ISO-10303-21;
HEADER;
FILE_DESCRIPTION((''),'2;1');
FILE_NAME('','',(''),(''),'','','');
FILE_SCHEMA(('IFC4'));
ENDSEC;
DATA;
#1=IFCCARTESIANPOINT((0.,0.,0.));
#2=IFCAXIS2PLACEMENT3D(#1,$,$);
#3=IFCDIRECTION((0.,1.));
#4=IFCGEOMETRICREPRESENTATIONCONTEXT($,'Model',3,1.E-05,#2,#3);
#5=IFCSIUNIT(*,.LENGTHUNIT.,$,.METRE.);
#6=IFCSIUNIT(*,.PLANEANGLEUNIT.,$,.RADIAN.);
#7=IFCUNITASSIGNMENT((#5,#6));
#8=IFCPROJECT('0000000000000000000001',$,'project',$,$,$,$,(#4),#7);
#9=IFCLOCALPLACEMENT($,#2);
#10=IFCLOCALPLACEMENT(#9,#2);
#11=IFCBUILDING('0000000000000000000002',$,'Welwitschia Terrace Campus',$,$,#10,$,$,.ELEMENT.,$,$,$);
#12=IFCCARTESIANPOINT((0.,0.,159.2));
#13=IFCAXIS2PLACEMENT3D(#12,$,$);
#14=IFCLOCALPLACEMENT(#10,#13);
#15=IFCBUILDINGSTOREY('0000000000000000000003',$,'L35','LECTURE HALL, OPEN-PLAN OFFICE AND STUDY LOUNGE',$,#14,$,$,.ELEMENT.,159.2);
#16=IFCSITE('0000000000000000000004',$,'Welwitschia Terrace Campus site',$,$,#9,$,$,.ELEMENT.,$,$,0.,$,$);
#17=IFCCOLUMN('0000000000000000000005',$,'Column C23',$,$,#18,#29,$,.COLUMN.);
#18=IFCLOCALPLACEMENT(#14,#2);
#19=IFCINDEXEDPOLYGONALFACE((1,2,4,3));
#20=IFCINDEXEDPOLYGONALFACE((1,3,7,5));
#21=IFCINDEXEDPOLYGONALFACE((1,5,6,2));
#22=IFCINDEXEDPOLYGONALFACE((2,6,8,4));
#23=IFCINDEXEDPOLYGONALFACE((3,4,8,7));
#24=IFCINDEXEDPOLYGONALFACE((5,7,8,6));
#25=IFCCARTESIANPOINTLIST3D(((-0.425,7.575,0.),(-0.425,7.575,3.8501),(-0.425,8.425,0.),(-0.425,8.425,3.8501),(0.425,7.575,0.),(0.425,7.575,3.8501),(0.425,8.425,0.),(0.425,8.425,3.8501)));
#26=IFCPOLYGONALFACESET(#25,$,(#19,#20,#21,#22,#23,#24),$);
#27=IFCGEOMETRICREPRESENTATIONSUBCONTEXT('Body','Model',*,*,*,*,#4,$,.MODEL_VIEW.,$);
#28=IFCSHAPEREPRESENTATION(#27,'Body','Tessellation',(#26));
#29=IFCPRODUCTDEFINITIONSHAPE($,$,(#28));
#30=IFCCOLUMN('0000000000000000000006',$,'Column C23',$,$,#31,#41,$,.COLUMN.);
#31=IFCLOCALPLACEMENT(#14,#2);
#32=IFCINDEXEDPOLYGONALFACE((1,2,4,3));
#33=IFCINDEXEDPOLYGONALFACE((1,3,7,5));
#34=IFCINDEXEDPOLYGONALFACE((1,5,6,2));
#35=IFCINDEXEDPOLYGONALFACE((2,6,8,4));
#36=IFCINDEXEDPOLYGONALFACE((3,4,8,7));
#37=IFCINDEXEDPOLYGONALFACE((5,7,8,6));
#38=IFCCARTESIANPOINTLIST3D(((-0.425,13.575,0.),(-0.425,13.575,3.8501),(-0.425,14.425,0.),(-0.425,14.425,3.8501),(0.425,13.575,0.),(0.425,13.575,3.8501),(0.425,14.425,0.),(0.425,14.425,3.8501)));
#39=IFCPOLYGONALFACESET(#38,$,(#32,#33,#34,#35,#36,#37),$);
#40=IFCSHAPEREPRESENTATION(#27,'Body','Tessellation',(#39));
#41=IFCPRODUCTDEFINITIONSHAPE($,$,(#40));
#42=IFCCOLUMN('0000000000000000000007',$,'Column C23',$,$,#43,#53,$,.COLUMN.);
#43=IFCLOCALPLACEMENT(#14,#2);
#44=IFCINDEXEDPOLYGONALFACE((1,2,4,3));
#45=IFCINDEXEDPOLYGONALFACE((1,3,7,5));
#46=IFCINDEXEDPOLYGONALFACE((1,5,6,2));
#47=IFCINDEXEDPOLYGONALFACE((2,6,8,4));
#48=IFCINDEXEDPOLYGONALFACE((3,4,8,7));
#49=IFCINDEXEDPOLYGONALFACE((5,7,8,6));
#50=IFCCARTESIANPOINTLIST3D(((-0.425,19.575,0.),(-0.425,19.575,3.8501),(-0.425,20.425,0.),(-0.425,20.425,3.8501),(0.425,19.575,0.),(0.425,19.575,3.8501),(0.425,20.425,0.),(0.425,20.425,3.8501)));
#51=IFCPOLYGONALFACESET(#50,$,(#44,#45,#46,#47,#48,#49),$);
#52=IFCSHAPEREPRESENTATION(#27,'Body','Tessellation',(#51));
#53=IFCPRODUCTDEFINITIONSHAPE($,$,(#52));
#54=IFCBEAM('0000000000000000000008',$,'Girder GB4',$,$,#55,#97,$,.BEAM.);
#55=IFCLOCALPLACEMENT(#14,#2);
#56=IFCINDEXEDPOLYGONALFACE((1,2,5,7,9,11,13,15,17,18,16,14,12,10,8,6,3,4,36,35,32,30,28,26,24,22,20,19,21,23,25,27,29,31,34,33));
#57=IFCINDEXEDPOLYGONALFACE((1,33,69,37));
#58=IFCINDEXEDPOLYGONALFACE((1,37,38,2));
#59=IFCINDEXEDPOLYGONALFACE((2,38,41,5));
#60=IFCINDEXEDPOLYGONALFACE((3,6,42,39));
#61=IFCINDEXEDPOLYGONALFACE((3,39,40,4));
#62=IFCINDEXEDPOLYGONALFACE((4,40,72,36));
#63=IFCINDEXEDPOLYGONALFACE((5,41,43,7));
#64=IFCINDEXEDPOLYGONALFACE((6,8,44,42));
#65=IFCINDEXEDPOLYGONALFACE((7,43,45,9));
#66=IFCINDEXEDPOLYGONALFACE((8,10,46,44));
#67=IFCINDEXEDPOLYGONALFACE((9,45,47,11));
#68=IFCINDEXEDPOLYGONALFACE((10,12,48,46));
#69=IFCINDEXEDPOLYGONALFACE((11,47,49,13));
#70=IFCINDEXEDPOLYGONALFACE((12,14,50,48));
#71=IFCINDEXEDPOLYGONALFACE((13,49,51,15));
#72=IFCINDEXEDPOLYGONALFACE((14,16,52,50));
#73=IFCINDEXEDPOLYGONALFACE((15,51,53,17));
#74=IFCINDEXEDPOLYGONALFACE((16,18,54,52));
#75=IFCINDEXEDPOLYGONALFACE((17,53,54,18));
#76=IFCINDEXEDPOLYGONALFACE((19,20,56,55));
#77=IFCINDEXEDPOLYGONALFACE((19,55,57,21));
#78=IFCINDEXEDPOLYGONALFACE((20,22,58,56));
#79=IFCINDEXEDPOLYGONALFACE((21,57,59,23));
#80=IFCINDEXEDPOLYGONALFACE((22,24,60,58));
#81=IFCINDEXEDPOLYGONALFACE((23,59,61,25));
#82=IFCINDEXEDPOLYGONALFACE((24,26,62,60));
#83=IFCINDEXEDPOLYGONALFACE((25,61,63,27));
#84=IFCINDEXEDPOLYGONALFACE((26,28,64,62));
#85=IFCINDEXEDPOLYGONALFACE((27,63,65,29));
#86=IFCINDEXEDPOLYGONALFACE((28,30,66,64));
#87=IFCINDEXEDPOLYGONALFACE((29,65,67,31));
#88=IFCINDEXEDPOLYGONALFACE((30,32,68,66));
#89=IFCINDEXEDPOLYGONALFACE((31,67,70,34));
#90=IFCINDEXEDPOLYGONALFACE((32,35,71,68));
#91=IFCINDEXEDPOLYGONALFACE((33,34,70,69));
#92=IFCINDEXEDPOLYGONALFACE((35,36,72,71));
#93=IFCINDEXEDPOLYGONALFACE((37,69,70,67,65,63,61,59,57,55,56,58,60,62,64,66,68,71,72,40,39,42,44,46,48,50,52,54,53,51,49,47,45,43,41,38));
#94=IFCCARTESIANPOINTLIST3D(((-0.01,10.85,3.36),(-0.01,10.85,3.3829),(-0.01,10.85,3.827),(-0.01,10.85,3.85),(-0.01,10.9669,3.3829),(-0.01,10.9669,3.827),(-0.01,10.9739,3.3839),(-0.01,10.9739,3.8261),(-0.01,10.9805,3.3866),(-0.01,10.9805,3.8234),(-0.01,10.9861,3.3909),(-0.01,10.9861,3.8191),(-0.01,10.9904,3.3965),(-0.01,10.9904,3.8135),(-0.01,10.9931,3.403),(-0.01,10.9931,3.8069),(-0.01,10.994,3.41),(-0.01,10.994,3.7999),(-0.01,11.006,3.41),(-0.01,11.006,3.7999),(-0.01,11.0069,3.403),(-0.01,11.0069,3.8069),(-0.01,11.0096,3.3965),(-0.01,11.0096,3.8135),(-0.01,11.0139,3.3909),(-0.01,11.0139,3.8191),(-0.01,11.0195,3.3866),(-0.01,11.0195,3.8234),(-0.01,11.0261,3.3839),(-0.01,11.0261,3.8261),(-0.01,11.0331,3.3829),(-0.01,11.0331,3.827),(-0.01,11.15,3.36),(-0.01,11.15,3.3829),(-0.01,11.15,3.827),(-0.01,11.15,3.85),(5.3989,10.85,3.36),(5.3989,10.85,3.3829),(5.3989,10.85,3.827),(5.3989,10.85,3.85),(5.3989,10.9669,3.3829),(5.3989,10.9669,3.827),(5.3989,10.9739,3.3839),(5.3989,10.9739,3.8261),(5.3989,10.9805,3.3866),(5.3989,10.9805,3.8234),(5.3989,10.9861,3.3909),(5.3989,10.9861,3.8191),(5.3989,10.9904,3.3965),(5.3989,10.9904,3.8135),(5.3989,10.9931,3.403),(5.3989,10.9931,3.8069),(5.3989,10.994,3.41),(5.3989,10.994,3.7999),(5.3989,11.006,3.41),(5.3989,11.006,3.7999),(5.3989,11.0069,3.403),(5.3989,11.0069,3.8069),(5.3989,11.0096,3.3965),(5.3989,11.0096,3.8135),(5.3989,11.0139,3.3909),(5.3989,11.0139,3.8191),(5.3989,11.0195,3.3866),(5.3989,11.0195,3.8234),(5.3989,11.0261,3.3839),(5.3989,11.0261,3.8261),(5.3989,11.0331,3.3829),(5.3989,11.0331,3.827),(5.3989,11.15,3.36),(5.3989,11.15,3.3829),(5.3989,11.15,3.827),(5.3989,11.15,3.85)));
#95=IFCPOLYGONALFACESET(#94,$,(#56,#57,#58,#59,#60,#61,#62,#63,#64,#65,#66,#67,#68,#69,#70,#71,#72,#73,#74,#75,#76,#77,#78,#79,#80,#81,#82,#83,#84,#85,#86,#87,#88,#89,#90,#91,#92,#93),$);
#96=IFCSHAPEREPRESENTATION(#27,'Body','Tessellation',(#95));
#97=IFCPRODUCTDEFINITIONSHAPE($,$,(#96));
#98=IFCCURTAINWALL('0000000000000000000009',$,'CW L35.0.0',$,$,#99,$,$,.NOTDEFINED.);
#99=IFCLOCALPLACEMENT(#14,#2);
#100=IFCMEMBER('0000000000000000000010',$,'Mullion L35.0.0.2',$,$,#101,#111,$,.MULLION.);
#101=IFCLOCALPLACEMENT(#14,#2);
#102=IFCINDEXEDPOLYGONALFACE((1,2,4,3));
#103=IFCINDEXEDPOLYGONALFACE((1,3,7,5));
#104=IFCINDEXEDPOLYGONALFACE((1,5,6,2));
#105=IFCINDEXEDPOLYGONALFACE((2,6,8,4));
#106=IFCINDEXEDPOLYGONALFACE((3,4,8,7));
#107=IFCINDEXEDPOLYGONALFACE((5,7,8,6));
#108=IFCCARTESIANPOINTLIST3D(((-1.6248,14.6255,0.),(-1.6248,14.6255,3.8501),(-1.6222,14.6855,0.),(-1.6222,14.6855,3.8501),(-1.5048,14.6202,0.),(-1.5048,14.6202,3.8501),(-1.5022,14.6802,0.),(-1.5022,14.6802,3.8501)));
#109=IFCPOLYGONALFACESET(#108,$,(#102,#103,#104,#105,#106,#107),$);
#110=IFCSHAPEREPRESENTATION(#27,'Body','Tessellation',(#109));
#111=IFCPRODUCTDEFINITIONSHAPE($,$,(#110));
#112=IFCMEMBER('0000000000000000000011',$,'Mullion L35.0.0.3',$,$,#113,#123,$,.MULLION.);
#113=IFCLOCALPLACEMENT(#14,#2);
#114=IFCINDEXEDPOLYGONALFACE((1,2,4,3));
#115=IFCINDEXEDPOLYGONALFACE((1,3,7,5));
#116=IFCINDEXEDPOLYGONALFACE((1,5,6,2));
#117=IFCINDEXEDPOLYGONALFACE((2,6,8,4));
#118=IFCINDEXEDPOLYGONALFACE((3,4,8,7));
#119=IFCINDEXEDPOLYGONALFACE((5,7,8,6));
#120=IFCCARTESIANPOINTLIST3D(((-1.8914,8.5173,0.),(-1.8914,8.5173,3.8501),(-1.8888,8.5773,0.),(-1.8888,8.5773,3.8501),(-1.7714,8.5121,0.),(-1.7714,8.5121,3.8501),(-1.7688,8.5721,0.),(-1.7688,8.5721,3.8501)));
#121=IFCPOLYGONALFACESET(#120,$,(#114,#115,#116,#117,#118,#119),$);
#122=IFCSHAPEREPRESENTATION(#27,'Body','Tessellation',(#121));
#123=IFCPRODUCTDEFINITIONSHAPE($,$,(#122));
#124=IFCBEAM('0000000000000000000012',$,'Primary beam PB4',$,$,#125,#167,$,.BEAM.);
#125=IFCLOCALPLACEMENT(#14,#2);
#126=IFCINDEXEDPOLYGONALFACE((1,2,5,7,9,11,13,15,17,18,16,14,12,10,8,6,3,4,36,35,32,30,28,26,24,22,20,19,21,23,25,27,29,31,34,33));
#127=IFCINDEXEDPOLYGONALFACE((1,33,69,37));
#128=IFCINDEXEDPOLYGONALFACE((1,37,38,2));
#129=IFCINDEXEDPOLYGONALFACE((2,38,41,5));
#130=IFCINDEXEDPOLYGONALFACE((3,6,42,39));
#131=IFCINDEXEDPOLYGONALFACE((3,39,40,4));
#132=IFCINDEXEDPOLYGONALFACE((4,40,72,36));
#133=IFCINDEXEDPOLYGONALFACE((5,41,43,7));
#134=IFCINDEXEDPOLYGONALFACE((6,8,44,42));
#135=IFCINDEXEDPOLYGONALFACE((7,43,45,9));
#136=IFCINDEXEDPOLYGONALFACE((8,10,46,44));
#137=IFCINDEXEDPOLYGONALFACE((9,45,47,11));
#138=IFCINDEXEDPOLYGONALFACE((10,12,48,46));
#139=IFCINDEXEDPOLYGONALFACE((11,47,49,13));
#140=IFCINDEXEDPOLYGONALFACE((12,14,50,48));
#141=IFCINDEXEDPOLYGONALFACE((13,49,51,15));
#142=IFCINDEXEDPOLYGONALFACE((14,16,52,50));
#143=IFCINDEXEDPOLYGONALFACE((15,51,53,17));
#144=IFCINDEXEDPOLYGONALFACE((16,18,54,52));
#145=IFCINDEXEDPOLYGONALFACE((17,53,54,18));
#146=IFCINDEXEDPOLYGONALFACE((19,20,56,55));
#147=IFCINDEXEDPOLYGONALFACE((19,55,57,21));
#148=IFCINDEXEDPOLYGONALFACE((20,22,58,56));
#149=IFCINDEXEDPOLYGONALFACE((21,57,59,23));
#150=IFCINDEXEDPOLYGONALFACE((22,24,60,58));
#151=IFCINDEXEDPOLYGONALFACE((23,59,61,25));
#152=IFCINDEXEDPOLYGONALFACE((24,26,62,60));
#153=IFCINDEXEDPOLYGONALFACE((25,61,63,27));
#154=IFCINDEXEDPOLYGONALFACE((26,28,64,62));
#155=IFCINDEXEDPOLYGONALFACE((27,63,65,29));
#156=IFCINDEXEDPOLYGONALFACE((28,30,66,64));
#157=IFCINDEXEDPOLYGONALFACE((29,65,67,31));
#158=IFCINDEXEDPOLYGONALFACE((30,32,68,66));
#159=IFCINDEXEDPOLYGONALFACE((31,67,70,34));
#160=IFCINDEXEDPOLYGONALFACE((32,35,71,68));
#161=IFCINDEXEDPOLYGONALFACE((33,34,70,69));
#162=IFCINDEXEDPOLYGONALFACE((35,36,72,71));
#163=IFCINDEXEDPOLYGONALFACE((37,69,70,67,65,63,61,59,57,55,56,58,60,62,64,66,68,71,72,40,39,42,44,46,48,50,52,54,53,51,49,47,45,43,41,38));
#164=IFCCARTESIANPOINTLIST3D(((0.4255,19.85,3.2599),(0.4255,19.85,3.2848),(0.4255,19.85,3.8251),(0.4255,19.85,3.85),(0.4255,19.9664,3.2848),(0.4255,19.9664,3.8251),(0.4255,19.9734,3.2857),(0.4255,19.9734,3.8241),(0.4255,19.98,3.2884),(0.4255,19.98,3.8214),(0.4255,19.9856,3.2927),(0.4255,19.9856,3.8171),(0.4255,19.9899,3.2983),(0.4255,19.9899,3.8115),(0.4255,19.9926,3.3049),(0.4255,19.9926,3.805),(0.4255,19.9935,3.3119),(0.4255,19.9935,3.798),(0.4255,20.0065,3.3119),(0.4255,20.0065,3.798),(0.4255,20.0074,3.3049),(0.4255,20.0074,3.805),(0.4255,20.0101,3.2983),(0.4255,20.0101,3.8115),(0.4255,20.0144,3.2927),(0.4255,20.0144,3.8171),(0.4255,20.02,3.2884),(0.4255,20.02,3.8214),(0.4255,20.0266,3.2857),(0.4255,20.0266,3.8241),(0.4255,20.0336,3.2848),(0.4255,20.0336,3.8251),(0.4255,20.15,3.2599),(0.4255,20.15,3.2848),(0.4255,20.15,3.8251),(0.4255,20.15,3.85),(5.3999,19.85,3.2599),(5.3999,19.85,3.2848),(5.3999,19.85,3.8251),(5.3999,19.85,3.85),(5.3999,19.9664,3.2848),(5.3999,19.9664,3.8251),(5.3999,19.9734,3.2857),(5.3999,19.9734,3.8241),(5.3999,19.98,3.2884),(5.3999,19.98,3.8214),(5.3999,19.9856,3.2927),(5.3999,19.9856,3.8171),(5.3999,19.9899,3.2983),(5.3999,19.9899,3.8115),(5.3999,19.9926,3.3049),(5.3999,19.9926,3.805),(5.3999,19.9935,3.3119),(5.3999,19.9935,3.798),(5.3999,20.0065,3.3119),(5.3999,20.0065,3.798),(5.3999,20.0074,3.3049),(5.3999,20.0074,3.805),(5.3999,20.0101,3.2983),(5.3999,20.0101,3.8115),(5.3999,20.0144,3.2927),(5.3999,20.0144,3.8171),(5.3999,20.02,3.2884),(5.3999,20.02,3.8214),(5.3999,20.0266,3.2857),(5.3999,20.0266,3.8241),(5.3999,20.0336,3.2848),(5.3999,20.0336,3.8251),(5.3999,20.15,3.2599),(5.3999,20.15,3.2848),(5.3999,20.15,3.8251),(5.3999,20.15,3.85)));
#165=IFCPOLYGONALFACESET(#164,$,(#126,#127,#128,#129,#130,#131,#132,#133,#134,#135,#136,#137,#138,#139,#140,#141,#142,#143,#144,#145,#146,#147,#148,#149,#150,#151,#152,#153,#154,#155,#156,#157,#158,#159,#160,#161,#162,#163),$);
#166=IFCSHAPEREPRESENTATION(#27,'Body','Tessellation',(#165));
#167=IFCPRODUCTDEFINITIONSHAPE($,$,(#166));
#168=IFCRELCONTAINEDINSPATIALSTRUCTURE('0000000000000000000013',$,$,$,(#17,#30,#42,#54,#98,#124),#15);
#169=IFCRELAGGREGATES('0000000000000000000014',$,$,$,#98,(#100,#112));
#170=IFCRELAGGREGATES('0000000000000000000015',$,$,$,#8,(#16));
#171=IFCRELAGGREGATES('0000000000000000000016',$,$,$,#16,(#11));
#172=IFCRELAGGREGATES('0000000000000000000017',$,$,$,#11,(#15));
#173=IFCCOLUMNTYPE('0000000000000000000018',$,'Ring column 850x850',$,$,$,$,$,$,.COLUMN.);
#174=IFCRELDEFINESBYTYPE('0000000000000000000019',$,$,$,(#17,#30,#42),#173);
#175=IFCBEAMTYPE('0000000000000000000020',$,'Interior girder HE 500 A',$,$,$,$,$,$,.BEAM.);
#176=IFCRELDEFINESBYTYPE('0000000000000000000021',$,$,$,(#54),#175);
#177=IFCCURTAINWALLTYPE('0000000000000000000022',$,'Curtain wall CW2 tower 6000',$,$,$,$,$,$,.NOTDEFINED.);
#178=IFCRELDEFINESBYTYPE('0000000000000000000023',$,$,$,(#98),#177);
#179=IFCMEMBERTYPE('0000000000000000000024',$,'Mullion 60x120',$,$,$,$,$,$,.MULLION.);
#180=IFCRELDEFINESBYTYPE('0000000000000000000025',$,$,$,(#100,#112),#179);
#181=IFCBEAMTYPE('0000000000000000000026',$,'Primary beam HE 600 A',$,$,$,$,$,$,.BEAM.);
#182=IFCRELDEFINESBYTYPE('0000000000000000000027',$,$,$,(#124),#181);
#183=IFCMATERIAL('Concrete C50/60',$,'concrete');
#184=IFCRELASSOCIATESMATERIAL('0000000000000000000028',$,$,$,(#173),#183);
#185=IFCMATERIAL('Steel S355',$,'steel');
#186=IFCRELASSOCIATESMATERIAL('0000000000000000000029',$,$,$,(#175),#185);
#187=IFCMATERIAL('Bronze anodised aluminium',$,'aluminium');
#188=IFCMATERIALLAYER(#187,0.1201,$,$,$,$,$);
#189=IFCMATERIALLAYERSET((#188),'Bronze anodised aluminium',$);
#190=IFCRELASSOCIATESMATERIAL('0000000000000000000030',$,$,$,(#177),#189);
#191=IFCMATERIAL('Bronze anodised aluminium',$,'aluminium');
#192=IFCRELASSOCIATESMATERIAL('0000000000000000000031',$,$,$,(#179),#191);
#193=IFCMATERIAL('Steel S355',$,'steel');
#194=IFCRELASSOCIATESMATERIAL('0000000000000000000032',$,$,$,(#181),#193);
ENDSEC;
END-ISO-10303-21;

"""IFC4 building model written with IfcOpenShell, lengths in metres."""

from ifc_helpers import new_model, si_unit, direction, frame, origin, origin_2d, place, context, subcontext, project, spatial, rectangle, i_section, extrude, material, layer, layer_set, material_profile, profile_set, type_object, element, aggregate, save


model = new_model("IFC4")

# Units and contexts
model_context = context("Model", 3, precision=1e-05, world=origin(), true_north=direction((0.0, 1.0)))
body_context = subcontext(model_context, "Body", "Model", "MODEL_VIEW")
ifc_project = project(units=[si_unit("LENGTHUNIT", "METRE"), si_unit("PLANEANGLEUNIT", "RADIAN")], contexts=[model_context])

# Site, building, storey
site_placement = place(None, origin())
site = spatial("IfcSite", under=ifc_project, at=site_placement, Name="Welwitschia Terrace Campus site", CompositionType="ELEMENT", RefElevation=0.0)
building_placement = place(site_placement, origin())
building = spatial("IfcBuilding", under=site, at=building_placement, Name="Welwitschia Terrace Campus", CompositionType="ELEMENT")
storey_placement = place(building_placement, frame((0.0, 0.0, 159.2)))
storey = spatial("IfcBuildingStorey", under=building, at=storey_placement, Name="L35", Description="LECTURE HALL, OPEN-PLAN OFFICE AND STUDY LOUNGE", CompositionType="ELEMENT", Elevation=159.2)

# Columns
ifc_material_1 = material(Name="Concrete C50/60", Category="concrete")
ifc_material_profile_1 = material_profile(ifc_material_1, rectangle(XDim=0.8501, YDim=0.8501, at=origin_2d()))
ifc_profile_set_1 = profile_set([ifc_material_profile_1], Name="Concrete C50/60")
column_type = type_object("IfcColumnType", Name="Ring column 850x850", PredefinedType="COLUMN", material=ifc_profile_set_1)
for number, where, z_axis, x_axis, name in (
    (1, (0.0, 8.0, 0.0), (0.0, 0.0, 1.0), (1.0, 0.0, 0.0), "Column C23"),
    (2, (0.0, 14.0, 0.0), (0.0, 0.0, 1.0), (1.0, 0.0, 0.0), "Column C23"),
    (3, (0.0, 20.0, 0.0), (0.0, 0.0, 1.0), (1.0, 0.0, 0.0), "Column C23"),
):
    element("IfcColumn", number, at=place(storey_placement, frame(where, z_axis=z_axis, x_axis=x_axis)), inside=storey, type_object=column_type, Name=name, PredefinedType="COLUMN", context=body_context, shape_type="SweptSolid", body=[
        extrude(rectangle(XDim=0.8501, YDim=0.8501, at=origin_2d()), origin(), (0.0, 0.0, 1.0), 3.8501),
    ])

# Beam
ifc_material_2 = material(Name="Steel S355", Category="steel")
ifc_material_profile_2 = material_profile(ifc_material_2, i_section(OverallWidth=0.3, OverallDepth=0.49, WebThickness=0.012, FlangeThickness=0.0229, FilletRadius=0.0271, at=origin_2d()))
ifc_profile_set_2 = profile_set([ifc_material_profile_2], Name="Steel S355")
beam_type_1 = type_object("IfcBeamType", Name="Interior girder HE 500 A", PredefinedType="BEAM", material=ifc_profile_set_2)
beam_1_placement = place(storey_placement, frame((-0.01, 11.0, 3.605), z_axis=(1.0, 0.0, 0.0), x_axis=(0.0, 1.0, 0.0)))
element("IfcBeam", 4, at=beam_1_placement, inside=storey, type_object=beam_type_1, Name="Girder GB4", PredefinedType="BEAM", context=body_context, shape_type="SweptSolid", body=[
    extrude(i_section(OverallWidth=0.3, OverallDepth=0.49, WebThickness=0.012, FlangeThickness=0.0229, FilletRadius=0.0271, at=origin_2d()), origin(), (0.0, 0.0, 1.0), 5.4089),
])

# Curtain wall, members
ifc_material_3 = material(Name="Bronze anodised aluminium", Category="aluminium")
ifc_layer_1 = layer(ifc_material_3, 0.1201)
ifc_layer_set_1 = layer_set([ifc_layer_1], Name="Bronze anodised aluminium")
curtain_wall_type = type_object("IfcCurtainWallType", Name="Curtain wall CW2 tower 6000", PredefinedType="NOTDEFINED", material=ifc_layer_set_1)
curtain_wall_placement = place(storey_placement, origin())
curtain_wall = element("IfcCurtainWall", 5, at=curtain_wall_placement, inside=storey, type_object=curtain_wall_type, Name="CW L35.0.0", PredefinedType="NOTDEFINED")
ifc_material_4 = material(Name="Bronze anodised aluminium", Category="aluminium")
ifc_material_profile_3 = material_profile(ifc_material_4, rectangle(XDim=0.1201, YDim=0.0601, at=origin_2d()))
ifc_profile_set_3 = profile_set([ifc_material_profile_3], Name="Bronze anodised aluminium")
member_type = type_object("IfcMemberType", Name="Mullion 60x120", PredefinedType="MULLION", material=ifc_profile_set_3)
member_1_placement = place(storey_placement, frame((-1.5635, 14.6528, 0.0), z_axis=(0.0, 0.0, 1.0), x_axis=(0.999048, -0.043619, 0.0)))
member_1 = element("IfcMember", 6, at=member_1_placement, type_object=member_type, Name="Mullion L35.0.0.2", PredefinedType="MULLION", context=body_context, shape_type="SweptSolid", body=[
    extrude(rectangle(XDim=0.1201, YDim=0.0601, at=origin_2d()), origin(), (0.0, 0.0, 1.0), 3.8501),
])
member_2_placement = place(storey_placement, frame((-1.8301, 8.5447, 0.0), z_axis=(0.0, 0.0, 1.0), x_axis=(0.999048, -0.043619, 0.0)))
member_2 = element("IfcMember", 7, at=member_2_placement, type_object=member_type, Name="Mullion L35.0.0.3", PredefinedType="MULLION", context=body_context, shape_type="SweptSolid", body=[
    extrude(rectangle(XDim=0.1201, YDim=0.0601, at=origin_2d()), origin(), (0.0, 0.0, 1.0), 3.8501),
])

# Beam
ifc_material_5 = material(Name="Steel S355", Category="steel")
ifc_material_profile_4 = material_profile(ifc_material_5, i_section(OverallWidth=0.3, OverallDepth=0.5901, WebThickness=0.0129, FlangeThickness=0.0249, FilletRadius=0.0271, at=origin_2d()))
ifc_profile_set_4 = profile_set([ifc_material_profile_4], Name="Steel S355")
beam_type_2 = type_object("IfcBeamType", Name="Primary beam HE 600 A", PredefinedType="BEAM", material=ifc_profile_set_4)
for number, where, z_axis, x_axis, name in (
    (8, (0.4255, 20.0, 3.5549), (1.0, 0.0, 0.0), (0.0, 1.0, 0.0), "Primary beam PB4"),
):
    element("IfcBeam", number, at=place(storey_placement, frame(where, z_axis=z_axis, x_axis=x_axis)), inside=storey, type_object=beam_type_2, Name=name, PredefinedType="BEAM", context=body_context, shape_type="SweptSolid", body=[
        extrude(i_section(OverallWidth=0.3, OverallDepth=0.5901, WebThickness=0.0129, FlangeThickness=0.0249, FilletRadius=0.0271, at=origin_2d()), origin(), (0.0, 0.0, 1.0), 4.9744),
    ])

aggregate(curtain_wall, [member_1, member_2])

save(model, "model.ifc")
